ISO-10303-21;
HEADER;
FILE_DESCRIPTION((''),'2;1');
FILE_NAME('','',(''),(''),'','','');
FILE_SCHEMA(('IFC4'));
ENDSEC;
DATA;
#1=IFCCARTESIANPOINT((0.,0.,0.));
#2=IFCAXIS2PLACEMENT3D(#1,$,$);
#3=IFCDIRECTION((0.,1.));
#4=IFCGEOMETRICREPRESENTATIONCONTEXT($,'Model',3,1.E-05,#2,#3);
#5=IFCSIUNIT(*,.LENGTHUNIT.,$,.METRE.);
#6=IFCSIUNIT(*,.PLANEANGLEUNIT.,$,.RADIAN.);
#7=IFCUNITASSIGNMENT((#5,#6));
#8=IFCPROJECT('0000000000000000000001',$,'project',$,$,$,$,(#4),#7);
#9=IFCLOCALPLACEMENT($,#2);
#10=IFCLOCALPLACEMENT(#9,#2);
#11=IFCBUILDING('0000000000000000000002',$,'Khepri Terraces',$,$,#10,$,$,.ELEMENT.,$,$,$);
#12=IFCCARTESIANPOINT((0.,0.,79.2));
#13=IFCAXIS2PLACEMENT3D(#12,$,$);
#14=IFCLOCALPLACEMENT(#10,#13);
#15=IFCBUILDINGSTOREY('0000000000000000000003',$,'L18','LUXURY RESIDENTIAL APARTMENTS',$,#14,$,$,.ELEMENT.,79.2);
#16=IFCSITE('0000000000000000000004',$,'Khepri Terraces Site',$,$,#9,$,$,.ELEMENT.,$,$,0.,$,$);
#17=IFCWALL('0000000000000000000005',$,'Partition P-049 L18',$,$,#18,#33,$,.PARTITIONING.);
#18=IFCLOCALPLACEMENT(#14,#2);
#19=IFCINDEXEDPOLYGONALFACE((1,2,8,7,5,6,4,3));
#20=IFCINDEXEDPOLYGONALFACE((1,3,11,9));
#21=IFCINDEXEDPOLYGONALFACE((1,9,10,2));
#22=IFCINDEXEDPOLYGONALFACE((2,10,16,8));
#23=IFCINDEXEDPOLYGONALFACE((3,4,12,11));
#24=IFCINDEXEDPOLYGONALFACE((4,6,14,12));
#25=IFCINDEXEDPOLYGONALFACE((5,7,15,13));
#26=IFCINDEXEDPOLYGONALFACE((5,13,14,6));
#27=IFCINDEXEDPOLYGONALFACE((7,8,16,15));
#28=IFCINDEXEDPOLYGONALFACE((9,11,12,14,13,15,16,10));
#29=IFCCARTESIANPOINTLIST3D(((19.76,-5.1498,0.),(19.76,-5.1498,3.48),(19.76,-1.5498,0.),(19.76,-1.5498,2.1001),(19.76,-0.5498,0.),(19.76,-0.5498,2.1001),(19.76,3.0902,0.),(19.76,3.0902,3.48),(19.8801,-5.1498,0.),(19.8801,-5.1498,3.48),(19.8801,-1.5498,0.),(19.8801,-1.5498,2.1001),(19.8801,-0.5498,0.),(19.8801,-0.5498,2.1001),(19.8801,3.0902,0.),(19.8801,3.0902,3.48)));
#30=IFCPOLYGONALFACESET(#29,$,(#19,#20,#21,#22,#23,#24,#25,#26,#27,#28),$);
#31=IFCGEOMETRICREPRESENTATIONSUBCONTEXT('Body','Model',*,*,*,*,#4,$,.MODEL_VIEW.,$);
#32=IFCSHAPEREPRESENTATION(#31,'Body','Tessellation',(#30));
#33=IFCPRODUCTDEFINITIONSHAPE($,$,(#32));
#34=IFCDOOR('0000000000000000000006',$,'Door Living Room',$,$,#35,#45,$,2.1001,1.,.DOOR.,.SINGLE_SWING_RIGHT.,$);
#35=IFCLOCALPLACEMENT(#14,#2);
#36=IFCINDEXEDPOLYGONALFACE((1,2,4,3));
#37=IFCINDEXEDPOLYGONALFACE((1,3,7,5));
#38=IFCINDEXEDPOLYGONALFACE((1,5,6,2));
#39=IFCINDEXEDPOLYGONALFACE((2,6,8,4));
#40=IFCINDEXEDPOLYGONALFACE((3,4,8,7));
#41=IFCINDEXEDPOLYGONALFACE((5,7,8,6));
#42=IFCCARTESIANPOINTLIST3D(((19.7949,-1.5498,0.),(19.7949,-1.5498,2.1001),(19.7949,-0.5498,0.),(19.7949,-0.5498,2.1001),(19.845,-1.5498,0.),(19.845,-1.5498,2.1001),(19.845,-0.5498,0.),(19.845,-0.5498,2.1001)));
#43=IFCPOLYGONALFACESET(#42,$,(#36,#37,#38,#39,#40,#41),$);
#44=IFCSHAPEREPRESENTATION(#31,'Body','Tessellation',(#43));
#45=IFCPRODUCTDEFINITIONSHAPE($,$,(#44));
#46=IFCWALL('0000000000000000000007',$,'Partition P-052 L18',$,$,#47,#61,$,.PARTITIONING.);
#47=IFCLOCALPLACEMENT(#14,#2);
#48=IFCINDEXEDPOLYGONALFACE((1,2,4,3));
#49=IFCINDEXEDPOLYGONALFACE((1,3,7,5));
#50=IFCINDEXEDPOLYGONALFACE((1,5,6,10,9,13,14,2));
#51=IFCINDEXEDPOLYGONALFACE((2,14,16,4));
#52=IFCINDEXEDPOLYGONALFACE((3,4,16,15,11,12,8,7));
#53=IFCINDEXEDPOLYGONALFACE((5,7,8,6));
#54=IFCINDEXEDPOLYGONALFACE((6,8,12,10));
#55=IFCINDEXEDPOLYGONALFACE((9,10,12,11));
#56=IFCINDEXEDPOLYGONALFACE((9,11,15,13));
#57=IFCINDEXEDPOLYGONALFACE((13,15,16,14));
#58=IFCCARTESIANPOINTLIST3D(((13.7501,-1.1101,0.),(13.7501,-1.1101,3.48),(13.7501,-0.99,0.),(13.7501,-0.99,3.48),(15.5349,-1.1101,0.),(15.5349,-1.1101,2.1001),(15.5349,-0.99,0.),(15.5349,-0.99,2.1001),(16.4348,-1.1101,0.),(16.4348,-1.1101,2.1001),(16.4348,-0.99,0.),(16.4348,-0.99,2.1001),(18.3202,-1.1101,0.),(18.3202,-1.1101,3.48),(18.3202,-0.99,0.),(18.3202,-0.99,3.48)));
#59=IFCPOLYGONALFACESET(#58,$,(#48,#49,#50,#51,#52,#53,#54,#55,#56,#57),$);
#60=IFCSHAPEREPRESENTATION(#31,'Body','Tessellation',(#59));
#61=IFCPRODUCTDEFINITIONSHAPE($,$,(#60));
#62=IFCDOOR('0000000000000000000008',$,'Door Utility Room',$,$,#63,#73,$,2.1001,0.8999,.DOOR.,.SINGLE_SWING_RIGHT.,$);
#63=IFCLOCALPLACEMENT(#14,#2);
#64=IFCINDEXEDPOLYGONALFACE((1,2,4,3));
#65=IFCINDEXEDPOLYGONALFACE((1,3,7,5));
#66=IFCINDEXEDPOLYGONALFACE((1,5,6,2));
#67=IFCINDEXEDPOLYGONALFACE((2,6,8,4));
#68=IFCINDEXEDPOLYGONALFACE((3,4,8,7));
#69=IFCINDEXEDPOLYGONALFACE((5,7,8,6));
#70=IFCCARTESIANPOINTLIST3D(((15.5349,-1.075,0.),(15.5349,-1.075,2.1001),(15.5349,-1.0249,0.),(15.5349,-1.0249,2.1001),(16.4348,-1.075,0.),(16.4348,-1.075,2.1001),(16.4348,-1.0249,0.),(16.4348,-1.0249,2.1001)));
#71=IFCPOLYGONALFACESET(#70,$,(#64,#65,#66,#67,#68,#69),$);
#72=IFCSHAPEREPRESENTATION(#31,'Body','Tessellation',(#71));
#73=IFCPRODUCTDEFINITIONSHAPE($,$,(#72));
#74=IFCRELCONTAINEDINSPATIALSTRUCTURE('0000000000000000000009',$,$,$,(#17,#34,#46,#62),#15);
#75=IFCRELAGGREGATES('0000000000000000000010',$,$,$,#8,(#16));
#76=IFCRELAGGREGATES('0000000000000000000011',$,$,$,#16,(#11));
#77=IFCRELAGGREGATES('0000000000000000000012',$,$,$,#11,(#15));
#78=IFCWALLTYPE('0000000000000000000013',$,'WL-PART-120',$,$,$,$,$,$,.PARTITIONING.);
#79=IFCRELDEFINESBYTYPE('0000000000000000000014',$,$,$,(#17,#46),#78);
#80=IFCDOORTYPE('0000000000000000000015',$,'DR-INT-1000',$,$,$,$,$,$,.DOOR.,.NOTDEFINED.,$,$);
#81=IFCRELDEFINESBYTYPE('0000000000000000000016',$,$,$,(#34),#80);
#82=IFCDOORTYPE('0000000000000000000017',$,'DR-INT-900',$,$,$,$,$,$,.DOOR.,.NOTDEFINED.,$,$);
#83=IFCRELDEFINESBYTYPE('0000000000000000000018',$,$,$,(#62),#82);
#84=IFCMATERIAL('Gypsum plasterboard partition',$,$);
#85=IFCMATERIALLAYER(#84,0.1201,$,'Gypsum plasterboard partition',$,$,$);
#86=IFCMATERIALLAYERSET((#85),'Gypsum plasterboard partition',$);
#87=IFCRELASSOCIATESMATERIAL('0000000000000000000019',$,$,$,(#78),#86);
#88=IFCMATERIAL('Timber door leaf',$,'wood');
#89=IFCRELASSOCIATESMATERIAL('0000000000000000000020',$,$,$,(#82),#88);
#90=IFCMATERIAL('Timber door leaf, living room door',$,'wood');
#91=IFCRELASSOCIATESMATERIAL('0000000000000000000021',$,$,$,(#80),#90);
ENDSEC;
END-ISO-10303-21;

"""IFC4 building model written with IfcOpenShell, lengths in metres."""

from ifc_helpers import new_model, si_unit, direction, frame, frame_2d, origin, place, context, subcontext, project, spatial, rectangle, extrude, material, layer, layer_set, type_object, element, fill, save


model = new_model("IFC4")

# Units and contexts
model_context = context("Model", 3, precision=1e-05, world=origin(), true_north=direction((0.0, 1.0)))
body_context = subcontext(model_context, "Body", "Model", "MODEL_VIEW")
ifc_project = project(units=[si_unit("LENGTHUNIT", "METRE"), si_unit("PLANEANGLEUNIT", "RADIAN")], contexts=[model_context])

# Site, building, storey
site_placement = place(None, origin())
site = spatial("IfcSite", under=ifc_project, at=site_placement, Name="Khepri Terraces Site", CompositionType="ELEMENT", RefElevation=0.0)
building_placement = place(site_placement, origin())
building = spatial("IfcBuilding", under=site, at=building_placement, Name="Khepri Terraces", CompositionType="ELEMENT")
storey_placement = place(building_placement, frame((0.0, 0.0, 79.2)))
storey = spatial("IfcBuildingStorey", under=building, at=storey_placement, Name="L18", Description="LUXURY RESIDENTIAL APARTMENTS", CompositionType="ELEMENT", Elevation=79.2)

# Shared definitions
ifc_material_1 = material(Name="Gypsum plasterboard partition")
ifc_layer_1 = layer(ifc_material_1, 0.1201, Name="Gypsum plasterboard partition")
ifc_layer_set_1 = layer_set([ifc_layer_1], Name="Gypsum plasterboard partition")
wall_type_1 = type_object("IfcWallType", Name="WL-PART-120", PredefinedType="PARTITIONING", material=ifc_layer_set_1)

# Shared definitions
ifc_material_2 = material(Name="Timber door leaf", Category="wood")
door_type_1 = type_object("IfcDoorType", Name="DR-INT-900", OperationType="NOTDEFINED", PredefinedType="DOOR", material=ifc_material_2)

# Walls, openings, doors
wall_1_placement = place(storey_placement, frame((19.8201, -5.1499, 0.0), z_axis=(0.0, 0.0, 1.0), x_axis=(0.0, 1.0, 0.0)))
wall_1 = element("IfcWall", 1, at=wall_1_placement, inside=storey, type_object=wall_type_1, Name="Partition P-049 L18", PredefinedType="PARTITIONING", context=body_context, shape_type="SweptSolid", body=[
    extrude(rectangle(XDim=8.24, YDim=0.1201, at=frame_2d((4.1201, 0.0))), origin(), (0.0, 0.0, 1.0), 3.48),
])
opening_1_placement = place(wall_1_placement, frame((3.6001, 0.0, 0.0)))
opening_1 = element("IfcOpeningElement", 2, at=opening_1_placement, cuts=wall_1, PredefinedType="OPENING", context=body_context, shape_type="SweptSolid", body=[
    extrude(rectangle(XDim=1.0, YDim=2.1001, at=frame_2d((0.5, 1.05))), frame((0.0, 0.0701, 0.0), z_axis=(0.0, -1.0, 0.0), x_axis=(1.0, 0.0, 0.0)), (0.0, 0.0, 1.0), 0.1401),
])
ifc_material_3 = material(Name="Timber door leaf, living room door", Category="wood")
door_type_2 = type_object("IfcDoorType", Name="DR-INT-1000", OperationType="NOTDEFINED", PredefinedType="DOOR", material=ifc_material_3)
door_1_placement = place(opening_1_placement, frame((1.0, 0.0, 0.0), z_axis=(0.0, 0.0, 1.0), x_axis=(-1.0, 0.0, 0.0)))
door_1 = element("IfcDoor", 3, at=door_1_placement, inside=storey, type_object=door_type_2, Name="Door Living Room", OperationType="SINGLE_SWING_RIGHT", OverallHeight=2.1001, OverallWidth=1.0, PredefinedType="DOOR", context=body_context, shape_type="SweptSolid", body=[
    extrude(rectangle(XDim=1.0, YDim=2.1001, at=frame_2d((0.5, 1.05))), frame((0.0, 0.0249, 0.0), z_axis=(0.0, -1.0, 0.0), x_axis=(1.0, 0.0, 0.0)), (0.0, 0.0, 1.0), 0.05),
])
fill(opening_1, door_1)
wall_2_placement = place(storey_placement, frame((13.75, -1.05, 0.0), z_axis=(0.0, 0.0, 1.0), x_axis=(1.0, 0.0, 0.0)))
wall_2 = element("IfcWall", 4, at=wall_2_placement, inside=storey, type_object=wall_type_1, Name="Partition P-052 L18", PredefinedType="PARTITIONING", context=body_context, shape_type="SweptSolid", body=[
    extrude(rectangle(XDim=4.5701, YDim=0.1201, at=frame_2d((2.2852, 0.0))), origin(), (0.0, 0.0, 1.0), 3.48),
])
opening_2_placement = place(wall_2_placement, frame((1.7849, 0.0, 0.0)))
opening_2 = element("IfcOpeningElement", 5, at=opening_2_placement, cuts=wall_2, PredefinedType="OPENING", context=body_context, shape_type="SweptSolid", body=[
    extrude(rectangle(XDim=0.8999, YDim=2.1001, at=frame_2d((0.45, 1.05))), frame((0.0, 0.0701, 0.0), z_axis=(0.0, -1.0, 0.0), x_axis=(1.0, 0.0, 0.0)), (0.0, 0.0, 1.0), 0.1401),
])
door_2_placement = place(opening_2_placement, frame((0.8999, 0.0, 0.0), z_axis=(0.0, 0.0, 1.0), x_axis=(-1.0, 0.0, 0.0)))
door_2 = element("IfcDoor", 6, at=door_2_placement, inside=storey, type_object=door_type_1, Name="Door Utility Room", OperationType="SINGLE_SWING_RIGHT", OverallHeight=2.1001, OverallWidth=0.8999, PredefinedType="DOOR", context=body_context, shape_type="SweptSolid", body=[
    extrude(rectangle(XDim=0.8999, YDim=2.1001, at=frame_2d((0.45, 1.05))), frame((0.0, 0.0249, 0.0), z_axis=(0.0, -1.0, 0.0), x_axis=(1.0, 0.0, 0.0)), (0.0, 0.0, 1.0), 0.05),
])
fill(opening_2, door_2)

save(model, "model.ifc")
